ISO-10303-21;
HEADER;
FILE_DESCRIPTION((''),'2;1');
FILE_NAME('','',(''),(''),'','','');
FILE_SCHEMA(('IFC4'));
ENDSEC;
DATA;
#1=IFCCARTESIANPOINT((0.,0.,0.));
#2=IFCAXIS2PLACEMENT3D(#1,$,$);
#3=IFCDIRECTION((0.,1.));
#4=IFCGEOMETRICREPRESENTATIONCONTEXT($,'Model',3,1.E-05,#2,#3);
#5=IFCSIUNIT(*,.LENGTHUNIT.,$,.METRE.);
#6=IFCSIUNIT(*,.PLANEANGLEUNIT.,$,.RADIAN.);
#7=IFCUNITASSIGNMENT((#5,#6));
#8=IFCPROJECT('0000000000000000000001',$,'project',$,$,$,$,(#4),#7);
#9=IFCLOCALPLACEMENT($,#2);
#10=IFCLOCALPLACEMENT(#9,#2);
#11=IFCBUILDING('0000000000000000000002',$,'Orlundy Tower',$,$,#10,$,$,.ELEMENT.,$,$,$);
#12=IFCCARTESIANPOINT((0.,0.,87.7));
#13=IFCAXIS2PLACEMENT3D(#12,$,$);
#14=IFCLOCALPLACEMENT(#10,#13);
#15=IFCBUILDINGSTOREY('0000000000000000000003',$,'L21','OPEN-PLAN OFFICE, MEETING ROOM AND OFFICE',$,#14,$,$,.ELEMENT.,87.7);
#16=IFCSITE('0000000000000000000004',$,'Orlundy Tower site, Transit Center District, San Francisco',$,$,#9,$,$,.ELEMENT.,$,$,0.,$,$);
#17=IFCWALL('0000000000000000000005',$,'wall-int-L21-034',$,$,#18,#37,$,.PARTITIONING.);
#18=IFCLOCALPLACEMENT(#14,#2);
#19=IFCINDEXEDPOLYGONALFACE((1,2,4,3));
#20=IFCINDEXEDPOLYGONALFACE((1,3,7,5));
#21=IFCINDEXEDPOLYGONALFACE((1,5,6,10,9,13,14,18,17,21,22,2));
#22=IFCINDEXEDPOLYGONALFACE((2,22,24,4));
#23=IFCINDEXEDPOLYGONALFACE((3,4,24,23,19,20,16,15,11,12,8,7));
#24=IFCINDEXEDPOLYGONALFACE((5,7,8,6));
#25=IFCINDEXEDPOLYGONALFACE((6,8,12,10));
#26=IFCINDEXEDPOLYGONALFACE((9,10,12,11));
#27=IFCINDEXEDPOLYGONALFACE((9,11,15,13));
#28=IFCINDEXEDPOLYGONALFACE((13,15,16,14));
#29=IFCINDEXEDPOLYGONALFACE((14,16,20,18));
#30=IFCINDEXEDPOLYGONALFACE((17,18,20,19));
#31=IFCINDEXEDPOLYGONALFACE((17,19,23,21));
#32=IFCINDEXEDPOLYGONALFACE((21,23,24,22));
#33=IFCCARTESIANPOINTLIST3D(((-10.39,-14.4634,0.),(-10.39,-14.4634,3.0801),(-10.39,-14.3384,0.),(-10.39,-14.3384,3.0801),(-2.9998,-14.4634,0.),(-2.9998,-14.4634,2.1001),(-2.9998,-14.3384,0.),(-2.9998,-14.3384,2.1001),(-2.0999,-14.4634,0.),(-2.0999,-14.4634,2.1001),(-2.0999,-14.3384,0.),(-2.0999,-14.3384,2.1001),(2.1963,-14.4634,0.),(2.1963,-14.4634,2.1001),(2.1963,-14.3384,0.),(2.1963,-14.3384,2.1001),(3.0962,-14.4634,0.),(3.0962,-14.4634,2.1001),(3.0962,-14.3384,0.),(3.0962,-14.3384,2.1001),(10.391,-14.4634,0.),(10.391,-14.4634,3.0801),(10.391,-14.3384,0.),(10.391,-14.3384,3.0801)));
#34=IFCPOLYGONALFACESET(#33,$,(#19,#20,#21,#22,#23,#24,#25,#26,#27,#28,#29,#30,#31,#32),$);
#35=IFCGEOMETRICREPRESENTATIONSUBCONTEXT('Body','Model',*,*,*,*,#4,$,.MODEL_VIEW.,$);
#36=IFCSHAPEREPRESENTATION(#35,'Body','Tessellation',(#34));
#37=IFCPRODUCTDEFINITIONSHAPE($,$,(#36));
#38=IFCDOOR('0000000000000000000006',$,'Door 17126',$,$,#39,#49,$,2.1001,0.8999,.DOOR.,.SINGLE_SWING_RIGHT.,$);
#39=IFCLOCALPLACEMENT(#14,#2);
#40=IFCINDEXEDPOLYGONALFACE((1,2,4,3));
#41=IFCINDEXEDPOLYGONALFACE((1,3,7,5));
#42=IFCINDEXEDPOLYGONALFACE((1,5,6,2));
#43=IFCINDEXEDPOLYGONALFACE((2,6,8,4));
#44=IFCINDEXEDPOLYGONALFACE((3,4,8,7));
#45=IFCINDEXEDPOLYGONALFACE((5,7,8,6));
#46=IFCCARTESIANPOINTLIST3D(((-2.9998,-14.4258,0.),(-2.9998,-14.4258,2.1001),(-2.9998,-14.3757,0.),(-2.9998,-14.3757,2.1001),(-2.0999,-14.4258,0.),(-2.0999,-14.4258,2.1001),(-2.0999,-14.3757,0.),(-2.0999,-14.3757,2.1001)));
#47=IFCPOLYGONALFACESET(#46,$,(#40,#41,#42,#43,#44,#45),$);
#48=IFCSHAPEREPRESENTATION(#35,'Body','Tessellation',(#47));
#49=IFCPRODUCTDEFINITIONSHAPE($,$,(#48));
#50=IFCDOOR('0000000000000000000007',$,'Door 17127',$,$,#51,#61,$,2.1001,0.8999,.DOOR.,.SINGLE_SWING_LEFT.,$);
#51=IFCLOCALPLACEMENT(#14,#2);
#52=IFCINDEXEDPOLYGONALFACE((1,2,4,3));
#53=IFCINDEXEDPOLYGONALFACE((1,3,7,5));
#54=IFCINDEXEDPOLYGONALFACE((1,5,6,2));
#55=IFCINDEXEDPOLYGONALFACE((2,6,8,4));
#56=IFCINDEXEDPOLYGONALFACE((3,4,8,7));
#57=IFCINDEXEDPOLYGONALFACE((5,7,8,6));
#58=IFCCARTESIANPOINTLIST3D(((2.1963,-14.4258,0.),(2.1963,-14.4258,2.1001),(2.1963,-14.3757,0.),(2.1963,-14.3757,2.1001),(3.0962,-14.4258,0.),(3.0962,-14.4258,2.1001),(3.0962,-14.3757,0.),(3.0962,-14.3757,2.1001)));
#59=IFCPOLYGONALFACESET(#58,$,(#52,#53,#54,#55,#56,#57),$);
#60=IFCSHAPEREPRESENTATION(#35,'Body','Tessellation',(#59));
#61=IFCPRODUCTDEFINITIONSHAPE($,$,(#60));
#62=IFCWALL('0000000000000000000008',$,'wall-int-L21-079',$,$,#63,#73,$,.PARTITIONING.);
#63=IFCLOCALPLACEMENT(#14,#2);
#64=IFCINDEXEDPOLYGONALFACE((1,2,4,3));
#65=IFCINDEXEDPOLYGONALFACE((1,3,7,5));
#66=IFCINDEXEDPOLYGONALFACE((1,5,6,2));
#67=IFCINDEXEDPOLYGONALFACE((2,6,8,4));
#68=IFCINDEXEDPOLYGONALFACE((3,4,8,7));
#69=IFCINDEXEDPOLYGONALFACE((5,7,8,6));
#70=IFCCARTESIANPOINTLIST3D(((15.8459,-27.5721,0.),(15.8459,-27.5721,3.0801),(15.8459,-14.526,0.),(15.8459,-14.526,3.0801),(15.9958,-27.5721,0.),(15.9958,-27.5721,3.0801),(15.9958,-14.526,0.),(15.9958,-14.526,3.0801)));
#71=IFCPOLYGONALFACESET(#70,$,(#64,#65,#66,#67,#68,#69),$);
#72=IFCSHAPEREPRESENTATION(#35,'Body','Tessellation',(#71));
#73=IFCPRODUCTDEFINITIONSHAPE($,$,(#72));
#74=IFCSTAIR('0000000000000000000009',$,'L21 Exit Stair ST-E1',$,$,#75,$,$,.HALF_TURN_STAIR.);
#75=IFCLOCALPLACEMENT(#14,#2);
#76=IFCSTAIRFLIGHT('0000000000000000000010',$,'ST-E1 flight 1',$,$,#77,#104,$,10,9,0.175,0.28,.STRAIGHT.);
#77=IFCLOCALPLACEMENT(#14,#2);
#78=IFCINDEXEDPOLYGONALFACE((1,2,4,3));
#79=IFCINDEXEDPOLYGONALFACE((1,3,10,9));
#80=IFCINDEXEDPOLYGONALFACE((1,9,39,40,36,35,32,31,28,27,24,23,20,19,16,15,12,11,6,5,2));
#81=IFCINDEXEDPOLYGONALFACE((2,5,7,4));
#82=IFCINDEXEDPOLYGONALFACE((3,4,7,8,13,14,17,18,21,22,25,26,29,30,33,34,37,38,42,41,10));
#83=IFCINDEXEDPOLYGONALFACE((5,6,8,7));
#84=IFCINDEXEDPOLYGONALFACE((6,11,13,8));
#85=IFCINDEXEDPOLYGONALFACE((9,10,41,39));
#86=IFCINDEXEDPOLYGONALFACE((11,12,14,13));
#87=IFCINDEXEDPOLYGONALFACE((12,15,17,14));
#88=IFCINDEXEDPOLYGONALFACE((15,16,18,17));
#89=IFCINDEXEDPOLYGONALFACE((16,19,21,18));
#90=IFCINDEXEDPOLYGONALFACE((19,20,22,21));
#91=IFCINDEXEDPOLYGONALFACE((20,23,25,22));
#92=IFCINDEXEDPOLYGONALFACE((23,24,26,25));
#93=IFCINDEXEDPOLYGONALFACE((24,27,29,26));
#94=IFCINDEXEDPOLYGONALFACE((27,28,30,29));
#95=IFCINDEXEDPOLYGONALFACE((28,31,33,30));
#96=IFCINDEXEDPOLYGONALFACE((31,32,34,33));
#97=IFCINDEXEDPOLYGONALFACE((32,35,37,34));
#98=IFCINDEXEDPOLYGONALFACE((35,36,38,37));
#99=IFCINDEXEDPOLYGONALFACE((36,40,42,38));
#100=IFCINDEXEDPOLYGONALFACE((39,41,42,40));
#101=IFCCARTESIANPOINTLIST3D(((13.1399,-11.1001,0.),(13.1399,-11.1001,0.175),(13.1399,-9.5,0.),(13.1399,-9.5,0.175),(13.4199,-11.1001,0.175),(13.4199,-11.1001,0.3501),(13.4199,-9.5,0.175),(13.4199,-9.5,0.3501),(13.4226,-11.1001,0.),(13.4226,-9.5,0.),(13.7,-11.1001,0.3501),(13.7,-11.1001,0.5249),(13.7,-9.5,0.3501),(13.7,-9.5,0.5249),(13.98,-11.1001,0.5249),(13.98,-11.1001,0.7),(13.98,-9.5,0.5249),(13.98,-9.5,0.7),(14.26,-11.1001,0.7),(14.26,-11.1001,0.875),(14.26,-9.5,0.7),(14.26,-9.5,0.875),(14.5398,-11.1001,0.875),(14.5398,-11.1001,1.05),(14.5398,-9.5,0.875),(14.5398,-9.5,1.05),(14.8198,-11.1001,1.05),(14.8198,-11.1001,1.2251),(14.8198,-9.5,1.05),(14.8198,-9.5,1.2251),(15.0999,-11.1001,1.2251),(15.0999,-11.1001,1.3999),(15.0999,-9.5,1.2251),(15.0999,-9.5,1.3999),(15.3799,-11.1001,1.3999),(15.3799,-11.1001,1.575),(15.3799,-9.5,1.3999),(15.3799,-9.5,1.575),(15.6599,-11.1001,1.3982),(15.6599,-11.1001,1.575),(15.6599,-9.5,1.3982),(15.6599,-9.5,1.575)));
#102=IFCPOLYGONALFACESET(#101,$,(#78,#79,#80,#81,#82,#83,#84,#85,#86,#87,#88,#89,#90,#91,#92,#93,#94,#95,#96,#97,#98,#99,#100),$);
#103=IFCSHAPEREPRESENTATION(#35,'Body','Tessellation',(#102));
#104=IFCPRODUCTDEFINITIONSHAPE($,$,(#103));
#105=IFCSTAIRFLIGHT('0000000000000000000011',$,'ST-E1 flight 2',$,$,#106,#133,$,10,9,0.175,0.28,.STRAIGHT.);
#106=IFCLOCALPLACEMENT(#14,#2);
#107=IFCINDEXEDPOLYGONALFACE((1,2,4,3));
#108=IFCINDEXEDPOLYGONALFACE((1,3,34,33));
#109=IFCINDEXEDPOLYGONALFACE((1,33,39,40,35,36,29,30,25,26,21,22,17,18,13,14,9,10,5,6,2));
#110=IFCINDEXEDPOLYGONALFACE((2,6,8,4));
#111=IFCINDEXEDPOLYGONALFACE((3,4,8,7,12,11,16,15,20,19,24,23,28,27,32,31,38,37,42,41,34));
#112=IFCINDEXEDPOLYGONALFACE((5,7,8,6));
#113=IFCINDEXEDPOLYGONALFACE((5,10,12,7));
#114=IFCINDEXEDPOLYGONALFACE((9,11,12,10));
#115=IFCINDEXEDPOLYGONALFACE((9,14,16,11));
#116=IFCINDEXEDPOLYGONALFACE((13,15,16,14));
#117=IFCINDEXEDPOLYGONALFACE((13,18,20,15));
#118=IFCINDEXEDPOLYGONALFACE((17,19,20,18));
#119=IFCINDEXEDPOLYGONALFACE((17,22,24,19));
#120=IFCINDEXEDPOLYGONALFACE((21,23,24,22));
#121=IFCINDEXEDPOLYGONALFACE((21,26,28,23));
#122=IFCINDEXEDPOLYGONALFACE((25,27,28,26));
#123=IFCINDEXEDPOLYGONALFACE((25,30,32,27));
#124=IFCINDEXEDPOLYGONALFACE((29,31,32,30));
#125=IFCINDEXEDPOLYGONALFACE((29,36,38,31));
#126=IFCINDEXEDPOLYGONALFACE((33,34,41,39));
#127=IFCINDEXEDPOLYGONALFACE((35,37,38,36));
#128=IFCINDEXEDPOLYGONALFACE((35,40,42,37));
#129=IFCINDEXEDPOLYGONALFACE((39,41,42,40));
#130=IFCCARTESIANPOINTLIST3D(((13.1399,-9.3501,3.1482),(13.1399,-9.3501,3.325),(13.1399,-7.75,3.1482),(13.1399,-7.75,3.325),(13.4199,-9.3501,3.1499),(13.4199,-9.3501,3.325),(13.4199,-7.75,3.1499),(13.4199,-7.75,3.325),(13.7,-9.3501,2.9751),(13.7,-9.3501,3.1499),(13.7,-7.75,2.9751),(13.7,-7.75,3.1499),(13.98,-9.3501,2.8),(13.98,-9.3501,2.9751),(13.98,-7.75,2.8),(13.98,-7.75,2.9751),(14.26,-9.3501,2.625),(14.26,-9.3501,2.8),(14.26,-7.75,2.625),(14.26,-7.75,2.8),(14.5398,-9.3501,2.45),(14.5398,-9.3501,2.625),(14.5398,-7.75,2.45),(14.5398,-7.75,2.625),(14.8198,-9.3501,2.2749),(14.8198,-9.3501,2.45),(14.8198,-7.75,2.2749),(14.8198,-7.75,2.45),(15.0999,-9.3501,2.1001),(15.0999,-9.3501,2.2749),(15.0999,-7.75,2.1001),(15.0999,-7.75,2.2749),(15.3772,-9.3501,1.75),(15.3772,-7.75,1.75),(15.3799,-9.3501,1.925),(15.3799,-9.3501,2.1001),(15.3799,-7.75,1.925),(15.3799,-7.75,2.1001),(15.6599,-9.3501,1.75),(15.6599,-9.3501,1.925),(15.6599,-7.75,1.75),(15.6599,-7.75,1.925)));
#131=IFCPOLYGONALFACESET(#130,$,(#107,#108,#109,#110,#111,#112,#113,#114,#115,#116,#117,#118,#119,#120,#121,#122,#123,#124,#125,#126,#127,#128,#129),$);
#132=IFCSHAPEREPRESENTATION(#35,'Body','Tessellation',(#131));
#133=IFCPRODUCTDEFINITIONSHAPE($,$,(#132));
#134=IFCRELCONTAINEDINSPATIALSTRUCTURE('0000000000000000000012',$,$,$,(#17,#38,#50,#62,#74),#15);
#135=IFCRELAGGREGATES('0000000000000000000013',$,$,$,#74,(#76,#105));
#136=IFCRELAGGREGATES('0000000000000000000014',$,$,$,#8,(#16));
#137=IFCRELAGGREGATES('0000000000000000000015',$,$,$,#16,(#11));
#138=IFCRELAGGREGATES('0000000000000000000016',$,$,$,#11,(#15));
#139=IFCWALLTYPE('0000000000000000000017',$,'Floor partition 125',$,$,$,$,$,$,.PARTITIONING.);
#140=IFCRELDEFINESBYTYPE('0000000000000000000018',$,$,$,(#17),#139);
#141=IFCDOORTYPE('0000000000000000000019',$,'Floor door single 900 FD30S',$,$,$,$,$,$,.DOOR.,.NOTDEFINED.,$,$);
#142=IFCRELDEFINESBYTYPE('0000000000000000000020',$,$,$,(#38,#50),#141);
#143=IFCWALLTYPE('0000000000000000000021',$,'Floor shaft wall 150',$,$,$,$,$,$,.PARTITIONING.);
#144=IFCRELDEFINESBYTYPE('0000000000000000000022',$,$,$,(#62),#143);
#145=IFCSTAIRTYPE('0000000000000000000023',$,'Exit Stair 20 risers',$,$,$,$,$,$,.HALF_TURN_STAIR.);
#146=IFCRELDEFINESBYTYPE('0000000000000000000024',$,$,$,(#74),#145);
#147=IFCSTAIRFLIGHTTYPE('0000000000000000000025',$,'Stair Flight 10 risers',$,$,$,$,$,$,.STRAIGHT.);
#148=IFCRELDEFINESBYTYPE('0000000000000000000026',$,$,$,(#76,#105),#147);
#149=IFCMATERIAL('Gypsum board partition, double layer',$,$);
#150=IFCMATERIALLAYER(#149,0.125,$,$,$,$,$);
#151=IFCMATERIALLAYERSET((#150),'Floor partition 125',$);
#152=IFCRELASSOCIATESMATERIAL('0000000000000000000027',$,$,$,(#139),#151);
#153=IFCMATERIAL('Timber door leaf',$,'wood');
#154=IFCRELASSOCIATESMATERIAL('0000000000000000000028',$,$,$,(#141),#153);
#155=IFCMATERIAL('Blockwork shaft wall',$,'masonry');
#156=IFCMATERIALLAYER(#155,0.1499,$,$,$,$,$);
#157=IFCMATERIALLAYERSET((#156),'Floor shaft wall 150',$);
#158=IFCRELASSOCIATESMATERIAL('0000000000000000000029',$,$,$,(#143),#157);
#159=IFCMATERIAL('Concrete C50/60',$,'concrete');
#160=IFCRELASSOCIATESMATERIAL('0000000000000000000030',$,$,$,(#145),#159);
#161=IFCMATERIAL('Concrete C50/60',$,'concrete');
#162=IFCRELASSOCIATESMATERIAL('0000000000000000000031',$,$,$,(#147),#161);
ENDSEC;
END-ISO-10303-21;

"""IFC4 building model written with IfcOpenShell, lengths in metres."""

from ifc_helpers import new_model, si_unit, direction, frame, frame_2d, origin, place, context, subcontext, project, spatial, polyline, rectangle, outline, extrude, material, layer, layer_set, type_object, element, fill, aggregate, save


model = new_model("IFC4")

# Units and contexts
model_context = context("Model", 3, precision=1e-05, world=origin(), true_north=direction((0.0, 1.0)))
body_context = subcontext(model_context, "Body", "Model", "MODEL_VIEW")
ifc_project = project(units=[si_unit("LENGTHUNIT", "METRE"), si_unit("PLANEANGLEUNIT", "RADIAN")], contexts=[model_context])

# Site, building, storey
site_placement = place(None, origin())
site = spatial("IfcSite", under=ifc_project, at=site_placement, Name="Orlundy Tower site, Transit Center District, San Francisco", CompositionType="ELEMENT", RefElevation=0.0)
building_placement = place(site_placement, origin())
building = spatial("IfcBuilding", under=site, at=building_placement, Name="Orlundy Tower", CompositionType="ELEMENT")
storey_placement = place(building_placement, frame((0.0, 0.0, 87.7)))
storey = spatial("IfcBuildingStorey", under=building, at=storey_placement, Name="L21", Description="OPEN-PLAN OFFICE, MEETING ROOM AND OFFICE", CompositionType="ELEMENT", Elevation=87.7)

# Wall, openings, doors
ifc_material_1 = material(Name="Gypsum board partition, double layer")
ifc_layer_1 = layer(ifc_material_1, 0.125)
ifc_layer_set_1 = layer_set([ifc_layer_1], Name="Floor partition 125")
wall_type_1 = type_object("IfcWallType", Name="Floor partition 125", PredefinedType="PARTITIONING", material=ifc_layer_set_1)
wall_1_placement = place(storey_placement, frame((10.3911, -14.4009, 0.0), z_axis=(0.0, 0.0, 1.0), x_axis=(-1.0, 0.0, 0.0)))
wall_1 = element("IfcWall", 1, at=wall_1_placement, inside=storey, type_object=wall_type_1, Name="wall-int-L21-034", PredefinedType="PARTITIONING", context=body_context, shape_type="SweptSolid", body=[
    extrude(rectangle(XDim=20.781, YDim=0.125, at=frame_2d((10.3906, 0.0))), origin(), (0.0, 0.0, 1.0), 3.0801),
])
opening_1_placement = place(wall_1_placement, frame((12.491, 0.0, 0.0)))
opening_1 = element("IfcOpeningElement", 2, at=opening_1_placement, cuts=wall_1, PredefinedType="OPENING", context=body_context, shape_type="SweptSolid", body=[
    extrude(rectangle(XDim=0.8999, YDim=2.1001, at=frame_2d((0.45, 1.05))), frame((0.0, 0.0725, 0.0), z_axis=(0.0, -1.0, 0.0), x_axis=(1.0, 0.0, 0.0)), (0.0, 0.0, 1.0), 0.145),
])
opening_2_placement = place(wall_1_placement, frame((7.2949, 0.0, 0.0)))
opening_2 = element("IfcOpeningElement", 3, at=opening_2_placement, cuts=wall_1, PredefinedType="OPENING", context=body_context, shape_type="SweptSolid", body=[
    extrude(rectangle(XDim=0.8999, YDim=2.1001, at=frame_2d((0.45, 1.05))), frame((0.0, 0.0725, 0.0), z_axis=(0.0, -1.0, 0.0), x_axis=(1.0, 0.0, 0.0)), (0.0, 0.0, 1.0), 0.145),
])
ifc_material_2 = material(Name="Timber door leaf", Category="wood")
door_type_1 = type_object("IfcDoorType", Name="Floor door single 900 FD30S", OperationType="NOTDEFINED", PredefinedType="DOOR", material=ifc_material_2)
door_1_placement = place(opening_1_placement, origin())
door_1 = element("IfcDoor", 4, at=door_1_placement, inside=storey, type_object=door_type_1, Name="Door 17126", OperationType="SINGLE_SWING_RIGHT", OverallHeight=2.1001, OverallWidth=0.8999, PredefinedType="DOOR", context=body_context, shape_type="SweptSolid", body=[
    extrude(rectangle(XDim=0.8999, YDim=2.1001, at=frame_2d((0.45, 1.05))), frame((0.0, 0.0249, 0.0), z_axis=(0.0, -1.0, 0.0), x_axis=(1.0, 0.0, 0.0)), (0.0, 0.0, 1.0), 0.05),
])
fill(opening_1, door_1)
door_2_placement = place(opening_2_placement, origin())
door_2 = element("IfcDoor", 5, at=door_2_placement, inside=storey, type_object=door_type_1, Name="Door 17127", OperationType="SINGLE_SWING_LEFT", OverallHeight=2.1001, OverallWidth=0.8999, PredefinedType="DOOR", context=body_context, shape_type="SweptSolid", body=[
    extrude(rectangle(XDim=0.8999, YDim=2.1001, at=frame_2d((0.45, 1.05))), frame((0.0, 0.0249, 0.0), z_axis=(0.0, -1.0, 0.0), x_axis=(1.0, 0.0, 0.0)), (0.0, 0.0, 1.0), 0.05),
])
fill(opening_2, door_2)

# Wall
ifc_material_3 = material(Name="Blockwork shaft wall", Category="masonry")
ifc_layer_2 = layer(ifc_material_3, 0.1499)
ifc_layer_set_2 = layer_set([ifc_layer_2], Name="Floor shaft wall 150")
wall_type_2 = type_object("IfcWallType", Name="Floor shaft wall 150", PredefinedType="PARTITIONING", material=ifc_layer_set_2)
wall_2_placement = place(storey_placement, frame((15.9209, -27.572, 0.0), z_axis=(0.0, 0.0, 1.0), x_axis=(0.0, 1.0, 0.0)))
element("IfcWall", 6, at=wall_2_placement, inside=storey, type_object=wall_type_2, Name="wall-int-L21-079", PredefinedType="PARTITIONING", context=body_context, shape_type="SweptSolid", body=[
    extrude(rectangle(XDim=13.0461, YDim=0.1499, at=frame_2d((6.5229, 0.0))), origin(), (0.0, 0.0, 1.0), 3.0801),
])

# Stair, stair flights
ifc_material_4 = material(Name="Concrete C50/60", Category="concrete")
stair_type = type_object("IfcStairType", Name="Exit Stair 20 risers", PredefinedType="HALF_TURN_STAIR", material=ifc_material_4)
stair_placement = place(storey_placement, origin())
stair = element("IfcStair", 7, at=stair_placement, inside=storey, type_object=stair_type, Name="L21 Exit Stair ST-E1", PredefinedType="HALF_TURN_STAIR")
ifc_material_5 = material(Name="Concrete C50/60", Category="concrete")
stair_flight_type = type_object("IfcStairFlightType", Name="Stair Flight 10 risers", PredefinedType="STRAIGHT", material=ifc_material_5)
stair_flight_1_placement = place(storey_placement, frame((13.1399, -10.3, 0.0), z_axis=(0.0, 0.0, 1.0), x_axis=(1.0, 0.0, 0.0)))
stair_flight_1 = element("IfcStairFlight", 8, at=stair_flight_1_placement, type_object=stair_flight_type, Name="ST-E1 flight 1", NumberOfRisers=10, NumberOfTreads=9, PredefinedType="STRAIGHT", RiserHeight=0.175, TreadLength=0.28, context=body_context, shape_type="SweptSolid", body=[
    extrude(outline(polyline([(0.0, 0.0), (0.0, 0.175), (0.28, 0.175), (0.28, 0.3501), (0.5601, 0.3501), (0.5601, 0.5249), (0.8401, 0.5249), (0.8401, 0.7), (1.1201, 0.7), (1.1201, 0.875), (1.3999, 0.875), (1.3999, 1.05), (1.6799, 1.05), (1.6799, 1.2251), (1.96, 1.2251), (1.96, 1.3999), (2.24, 1.3999), (2.24, 1.575), (2.52, 1.575), (2.52, 1.75), (2.52, 1.3982), (0.2827, 0.0), (0.0, 0.0)])), frame((0.0, 0.8, 0.0), z_axis=(0.0, -1.0, 0.0), x_axis=(1.0, 0.0, 0.0)), (0.0, 0.0, 1.0), 1.6001),
])
stair_flight_2_placement = place(storey_placement, frame((15.6599, -8.55, 1.75), z_axis=(0.0, 0.0, 1.0), x_axis=(-1.0, 0.0, 0.0)))
stair_flight_2 = element("IfcStairFlight", 9, at=stair_flight_2_placement, type_object=stair_flight_type, Name="ST-E1 flight 2", NumberOfRisers=10, NumberOfTreads=9, PredefinedType="STRAIGHT", RiserHeight=0.175, TreadLength=0.28, context=body_context, shape_type="SweptSolid", body=[
    extrude(outline(polyline([(0.0, 0.0), (0.0, 0.175), (0.28, 0.175), (0.28, 0.3501), (0.5601, 0.3501), (0.5601, 0.5249), (0.8401, 0.5249), (0.8401, 0.7), (1.1201, 0.7), (1.1201, 0.875), (1.3999, 0.875), (1.3999, 1.05), (1.6799, 1.05), (1.6799, 1.2251), (1.96, 1.2251), (1.96, 1.3999), (2.24, 1.3999), (2.24, 1.575), (2.52, 1.575), (2.52, 1.75), (2.52, 1.3982), (0.2827, 0.0), (0.0, 0.0)])), frame((0.0, 0.8, 0.0), z_axis=(0.0, -1.0, 0.0), x_axis=(1.0, 0.0, 0.0)), (0.0, 0.0, 1.0), 1.6001),
])
aggregate(stair, [stair_flight_1, stair_flight_2])

save(model, "model.ifc")
